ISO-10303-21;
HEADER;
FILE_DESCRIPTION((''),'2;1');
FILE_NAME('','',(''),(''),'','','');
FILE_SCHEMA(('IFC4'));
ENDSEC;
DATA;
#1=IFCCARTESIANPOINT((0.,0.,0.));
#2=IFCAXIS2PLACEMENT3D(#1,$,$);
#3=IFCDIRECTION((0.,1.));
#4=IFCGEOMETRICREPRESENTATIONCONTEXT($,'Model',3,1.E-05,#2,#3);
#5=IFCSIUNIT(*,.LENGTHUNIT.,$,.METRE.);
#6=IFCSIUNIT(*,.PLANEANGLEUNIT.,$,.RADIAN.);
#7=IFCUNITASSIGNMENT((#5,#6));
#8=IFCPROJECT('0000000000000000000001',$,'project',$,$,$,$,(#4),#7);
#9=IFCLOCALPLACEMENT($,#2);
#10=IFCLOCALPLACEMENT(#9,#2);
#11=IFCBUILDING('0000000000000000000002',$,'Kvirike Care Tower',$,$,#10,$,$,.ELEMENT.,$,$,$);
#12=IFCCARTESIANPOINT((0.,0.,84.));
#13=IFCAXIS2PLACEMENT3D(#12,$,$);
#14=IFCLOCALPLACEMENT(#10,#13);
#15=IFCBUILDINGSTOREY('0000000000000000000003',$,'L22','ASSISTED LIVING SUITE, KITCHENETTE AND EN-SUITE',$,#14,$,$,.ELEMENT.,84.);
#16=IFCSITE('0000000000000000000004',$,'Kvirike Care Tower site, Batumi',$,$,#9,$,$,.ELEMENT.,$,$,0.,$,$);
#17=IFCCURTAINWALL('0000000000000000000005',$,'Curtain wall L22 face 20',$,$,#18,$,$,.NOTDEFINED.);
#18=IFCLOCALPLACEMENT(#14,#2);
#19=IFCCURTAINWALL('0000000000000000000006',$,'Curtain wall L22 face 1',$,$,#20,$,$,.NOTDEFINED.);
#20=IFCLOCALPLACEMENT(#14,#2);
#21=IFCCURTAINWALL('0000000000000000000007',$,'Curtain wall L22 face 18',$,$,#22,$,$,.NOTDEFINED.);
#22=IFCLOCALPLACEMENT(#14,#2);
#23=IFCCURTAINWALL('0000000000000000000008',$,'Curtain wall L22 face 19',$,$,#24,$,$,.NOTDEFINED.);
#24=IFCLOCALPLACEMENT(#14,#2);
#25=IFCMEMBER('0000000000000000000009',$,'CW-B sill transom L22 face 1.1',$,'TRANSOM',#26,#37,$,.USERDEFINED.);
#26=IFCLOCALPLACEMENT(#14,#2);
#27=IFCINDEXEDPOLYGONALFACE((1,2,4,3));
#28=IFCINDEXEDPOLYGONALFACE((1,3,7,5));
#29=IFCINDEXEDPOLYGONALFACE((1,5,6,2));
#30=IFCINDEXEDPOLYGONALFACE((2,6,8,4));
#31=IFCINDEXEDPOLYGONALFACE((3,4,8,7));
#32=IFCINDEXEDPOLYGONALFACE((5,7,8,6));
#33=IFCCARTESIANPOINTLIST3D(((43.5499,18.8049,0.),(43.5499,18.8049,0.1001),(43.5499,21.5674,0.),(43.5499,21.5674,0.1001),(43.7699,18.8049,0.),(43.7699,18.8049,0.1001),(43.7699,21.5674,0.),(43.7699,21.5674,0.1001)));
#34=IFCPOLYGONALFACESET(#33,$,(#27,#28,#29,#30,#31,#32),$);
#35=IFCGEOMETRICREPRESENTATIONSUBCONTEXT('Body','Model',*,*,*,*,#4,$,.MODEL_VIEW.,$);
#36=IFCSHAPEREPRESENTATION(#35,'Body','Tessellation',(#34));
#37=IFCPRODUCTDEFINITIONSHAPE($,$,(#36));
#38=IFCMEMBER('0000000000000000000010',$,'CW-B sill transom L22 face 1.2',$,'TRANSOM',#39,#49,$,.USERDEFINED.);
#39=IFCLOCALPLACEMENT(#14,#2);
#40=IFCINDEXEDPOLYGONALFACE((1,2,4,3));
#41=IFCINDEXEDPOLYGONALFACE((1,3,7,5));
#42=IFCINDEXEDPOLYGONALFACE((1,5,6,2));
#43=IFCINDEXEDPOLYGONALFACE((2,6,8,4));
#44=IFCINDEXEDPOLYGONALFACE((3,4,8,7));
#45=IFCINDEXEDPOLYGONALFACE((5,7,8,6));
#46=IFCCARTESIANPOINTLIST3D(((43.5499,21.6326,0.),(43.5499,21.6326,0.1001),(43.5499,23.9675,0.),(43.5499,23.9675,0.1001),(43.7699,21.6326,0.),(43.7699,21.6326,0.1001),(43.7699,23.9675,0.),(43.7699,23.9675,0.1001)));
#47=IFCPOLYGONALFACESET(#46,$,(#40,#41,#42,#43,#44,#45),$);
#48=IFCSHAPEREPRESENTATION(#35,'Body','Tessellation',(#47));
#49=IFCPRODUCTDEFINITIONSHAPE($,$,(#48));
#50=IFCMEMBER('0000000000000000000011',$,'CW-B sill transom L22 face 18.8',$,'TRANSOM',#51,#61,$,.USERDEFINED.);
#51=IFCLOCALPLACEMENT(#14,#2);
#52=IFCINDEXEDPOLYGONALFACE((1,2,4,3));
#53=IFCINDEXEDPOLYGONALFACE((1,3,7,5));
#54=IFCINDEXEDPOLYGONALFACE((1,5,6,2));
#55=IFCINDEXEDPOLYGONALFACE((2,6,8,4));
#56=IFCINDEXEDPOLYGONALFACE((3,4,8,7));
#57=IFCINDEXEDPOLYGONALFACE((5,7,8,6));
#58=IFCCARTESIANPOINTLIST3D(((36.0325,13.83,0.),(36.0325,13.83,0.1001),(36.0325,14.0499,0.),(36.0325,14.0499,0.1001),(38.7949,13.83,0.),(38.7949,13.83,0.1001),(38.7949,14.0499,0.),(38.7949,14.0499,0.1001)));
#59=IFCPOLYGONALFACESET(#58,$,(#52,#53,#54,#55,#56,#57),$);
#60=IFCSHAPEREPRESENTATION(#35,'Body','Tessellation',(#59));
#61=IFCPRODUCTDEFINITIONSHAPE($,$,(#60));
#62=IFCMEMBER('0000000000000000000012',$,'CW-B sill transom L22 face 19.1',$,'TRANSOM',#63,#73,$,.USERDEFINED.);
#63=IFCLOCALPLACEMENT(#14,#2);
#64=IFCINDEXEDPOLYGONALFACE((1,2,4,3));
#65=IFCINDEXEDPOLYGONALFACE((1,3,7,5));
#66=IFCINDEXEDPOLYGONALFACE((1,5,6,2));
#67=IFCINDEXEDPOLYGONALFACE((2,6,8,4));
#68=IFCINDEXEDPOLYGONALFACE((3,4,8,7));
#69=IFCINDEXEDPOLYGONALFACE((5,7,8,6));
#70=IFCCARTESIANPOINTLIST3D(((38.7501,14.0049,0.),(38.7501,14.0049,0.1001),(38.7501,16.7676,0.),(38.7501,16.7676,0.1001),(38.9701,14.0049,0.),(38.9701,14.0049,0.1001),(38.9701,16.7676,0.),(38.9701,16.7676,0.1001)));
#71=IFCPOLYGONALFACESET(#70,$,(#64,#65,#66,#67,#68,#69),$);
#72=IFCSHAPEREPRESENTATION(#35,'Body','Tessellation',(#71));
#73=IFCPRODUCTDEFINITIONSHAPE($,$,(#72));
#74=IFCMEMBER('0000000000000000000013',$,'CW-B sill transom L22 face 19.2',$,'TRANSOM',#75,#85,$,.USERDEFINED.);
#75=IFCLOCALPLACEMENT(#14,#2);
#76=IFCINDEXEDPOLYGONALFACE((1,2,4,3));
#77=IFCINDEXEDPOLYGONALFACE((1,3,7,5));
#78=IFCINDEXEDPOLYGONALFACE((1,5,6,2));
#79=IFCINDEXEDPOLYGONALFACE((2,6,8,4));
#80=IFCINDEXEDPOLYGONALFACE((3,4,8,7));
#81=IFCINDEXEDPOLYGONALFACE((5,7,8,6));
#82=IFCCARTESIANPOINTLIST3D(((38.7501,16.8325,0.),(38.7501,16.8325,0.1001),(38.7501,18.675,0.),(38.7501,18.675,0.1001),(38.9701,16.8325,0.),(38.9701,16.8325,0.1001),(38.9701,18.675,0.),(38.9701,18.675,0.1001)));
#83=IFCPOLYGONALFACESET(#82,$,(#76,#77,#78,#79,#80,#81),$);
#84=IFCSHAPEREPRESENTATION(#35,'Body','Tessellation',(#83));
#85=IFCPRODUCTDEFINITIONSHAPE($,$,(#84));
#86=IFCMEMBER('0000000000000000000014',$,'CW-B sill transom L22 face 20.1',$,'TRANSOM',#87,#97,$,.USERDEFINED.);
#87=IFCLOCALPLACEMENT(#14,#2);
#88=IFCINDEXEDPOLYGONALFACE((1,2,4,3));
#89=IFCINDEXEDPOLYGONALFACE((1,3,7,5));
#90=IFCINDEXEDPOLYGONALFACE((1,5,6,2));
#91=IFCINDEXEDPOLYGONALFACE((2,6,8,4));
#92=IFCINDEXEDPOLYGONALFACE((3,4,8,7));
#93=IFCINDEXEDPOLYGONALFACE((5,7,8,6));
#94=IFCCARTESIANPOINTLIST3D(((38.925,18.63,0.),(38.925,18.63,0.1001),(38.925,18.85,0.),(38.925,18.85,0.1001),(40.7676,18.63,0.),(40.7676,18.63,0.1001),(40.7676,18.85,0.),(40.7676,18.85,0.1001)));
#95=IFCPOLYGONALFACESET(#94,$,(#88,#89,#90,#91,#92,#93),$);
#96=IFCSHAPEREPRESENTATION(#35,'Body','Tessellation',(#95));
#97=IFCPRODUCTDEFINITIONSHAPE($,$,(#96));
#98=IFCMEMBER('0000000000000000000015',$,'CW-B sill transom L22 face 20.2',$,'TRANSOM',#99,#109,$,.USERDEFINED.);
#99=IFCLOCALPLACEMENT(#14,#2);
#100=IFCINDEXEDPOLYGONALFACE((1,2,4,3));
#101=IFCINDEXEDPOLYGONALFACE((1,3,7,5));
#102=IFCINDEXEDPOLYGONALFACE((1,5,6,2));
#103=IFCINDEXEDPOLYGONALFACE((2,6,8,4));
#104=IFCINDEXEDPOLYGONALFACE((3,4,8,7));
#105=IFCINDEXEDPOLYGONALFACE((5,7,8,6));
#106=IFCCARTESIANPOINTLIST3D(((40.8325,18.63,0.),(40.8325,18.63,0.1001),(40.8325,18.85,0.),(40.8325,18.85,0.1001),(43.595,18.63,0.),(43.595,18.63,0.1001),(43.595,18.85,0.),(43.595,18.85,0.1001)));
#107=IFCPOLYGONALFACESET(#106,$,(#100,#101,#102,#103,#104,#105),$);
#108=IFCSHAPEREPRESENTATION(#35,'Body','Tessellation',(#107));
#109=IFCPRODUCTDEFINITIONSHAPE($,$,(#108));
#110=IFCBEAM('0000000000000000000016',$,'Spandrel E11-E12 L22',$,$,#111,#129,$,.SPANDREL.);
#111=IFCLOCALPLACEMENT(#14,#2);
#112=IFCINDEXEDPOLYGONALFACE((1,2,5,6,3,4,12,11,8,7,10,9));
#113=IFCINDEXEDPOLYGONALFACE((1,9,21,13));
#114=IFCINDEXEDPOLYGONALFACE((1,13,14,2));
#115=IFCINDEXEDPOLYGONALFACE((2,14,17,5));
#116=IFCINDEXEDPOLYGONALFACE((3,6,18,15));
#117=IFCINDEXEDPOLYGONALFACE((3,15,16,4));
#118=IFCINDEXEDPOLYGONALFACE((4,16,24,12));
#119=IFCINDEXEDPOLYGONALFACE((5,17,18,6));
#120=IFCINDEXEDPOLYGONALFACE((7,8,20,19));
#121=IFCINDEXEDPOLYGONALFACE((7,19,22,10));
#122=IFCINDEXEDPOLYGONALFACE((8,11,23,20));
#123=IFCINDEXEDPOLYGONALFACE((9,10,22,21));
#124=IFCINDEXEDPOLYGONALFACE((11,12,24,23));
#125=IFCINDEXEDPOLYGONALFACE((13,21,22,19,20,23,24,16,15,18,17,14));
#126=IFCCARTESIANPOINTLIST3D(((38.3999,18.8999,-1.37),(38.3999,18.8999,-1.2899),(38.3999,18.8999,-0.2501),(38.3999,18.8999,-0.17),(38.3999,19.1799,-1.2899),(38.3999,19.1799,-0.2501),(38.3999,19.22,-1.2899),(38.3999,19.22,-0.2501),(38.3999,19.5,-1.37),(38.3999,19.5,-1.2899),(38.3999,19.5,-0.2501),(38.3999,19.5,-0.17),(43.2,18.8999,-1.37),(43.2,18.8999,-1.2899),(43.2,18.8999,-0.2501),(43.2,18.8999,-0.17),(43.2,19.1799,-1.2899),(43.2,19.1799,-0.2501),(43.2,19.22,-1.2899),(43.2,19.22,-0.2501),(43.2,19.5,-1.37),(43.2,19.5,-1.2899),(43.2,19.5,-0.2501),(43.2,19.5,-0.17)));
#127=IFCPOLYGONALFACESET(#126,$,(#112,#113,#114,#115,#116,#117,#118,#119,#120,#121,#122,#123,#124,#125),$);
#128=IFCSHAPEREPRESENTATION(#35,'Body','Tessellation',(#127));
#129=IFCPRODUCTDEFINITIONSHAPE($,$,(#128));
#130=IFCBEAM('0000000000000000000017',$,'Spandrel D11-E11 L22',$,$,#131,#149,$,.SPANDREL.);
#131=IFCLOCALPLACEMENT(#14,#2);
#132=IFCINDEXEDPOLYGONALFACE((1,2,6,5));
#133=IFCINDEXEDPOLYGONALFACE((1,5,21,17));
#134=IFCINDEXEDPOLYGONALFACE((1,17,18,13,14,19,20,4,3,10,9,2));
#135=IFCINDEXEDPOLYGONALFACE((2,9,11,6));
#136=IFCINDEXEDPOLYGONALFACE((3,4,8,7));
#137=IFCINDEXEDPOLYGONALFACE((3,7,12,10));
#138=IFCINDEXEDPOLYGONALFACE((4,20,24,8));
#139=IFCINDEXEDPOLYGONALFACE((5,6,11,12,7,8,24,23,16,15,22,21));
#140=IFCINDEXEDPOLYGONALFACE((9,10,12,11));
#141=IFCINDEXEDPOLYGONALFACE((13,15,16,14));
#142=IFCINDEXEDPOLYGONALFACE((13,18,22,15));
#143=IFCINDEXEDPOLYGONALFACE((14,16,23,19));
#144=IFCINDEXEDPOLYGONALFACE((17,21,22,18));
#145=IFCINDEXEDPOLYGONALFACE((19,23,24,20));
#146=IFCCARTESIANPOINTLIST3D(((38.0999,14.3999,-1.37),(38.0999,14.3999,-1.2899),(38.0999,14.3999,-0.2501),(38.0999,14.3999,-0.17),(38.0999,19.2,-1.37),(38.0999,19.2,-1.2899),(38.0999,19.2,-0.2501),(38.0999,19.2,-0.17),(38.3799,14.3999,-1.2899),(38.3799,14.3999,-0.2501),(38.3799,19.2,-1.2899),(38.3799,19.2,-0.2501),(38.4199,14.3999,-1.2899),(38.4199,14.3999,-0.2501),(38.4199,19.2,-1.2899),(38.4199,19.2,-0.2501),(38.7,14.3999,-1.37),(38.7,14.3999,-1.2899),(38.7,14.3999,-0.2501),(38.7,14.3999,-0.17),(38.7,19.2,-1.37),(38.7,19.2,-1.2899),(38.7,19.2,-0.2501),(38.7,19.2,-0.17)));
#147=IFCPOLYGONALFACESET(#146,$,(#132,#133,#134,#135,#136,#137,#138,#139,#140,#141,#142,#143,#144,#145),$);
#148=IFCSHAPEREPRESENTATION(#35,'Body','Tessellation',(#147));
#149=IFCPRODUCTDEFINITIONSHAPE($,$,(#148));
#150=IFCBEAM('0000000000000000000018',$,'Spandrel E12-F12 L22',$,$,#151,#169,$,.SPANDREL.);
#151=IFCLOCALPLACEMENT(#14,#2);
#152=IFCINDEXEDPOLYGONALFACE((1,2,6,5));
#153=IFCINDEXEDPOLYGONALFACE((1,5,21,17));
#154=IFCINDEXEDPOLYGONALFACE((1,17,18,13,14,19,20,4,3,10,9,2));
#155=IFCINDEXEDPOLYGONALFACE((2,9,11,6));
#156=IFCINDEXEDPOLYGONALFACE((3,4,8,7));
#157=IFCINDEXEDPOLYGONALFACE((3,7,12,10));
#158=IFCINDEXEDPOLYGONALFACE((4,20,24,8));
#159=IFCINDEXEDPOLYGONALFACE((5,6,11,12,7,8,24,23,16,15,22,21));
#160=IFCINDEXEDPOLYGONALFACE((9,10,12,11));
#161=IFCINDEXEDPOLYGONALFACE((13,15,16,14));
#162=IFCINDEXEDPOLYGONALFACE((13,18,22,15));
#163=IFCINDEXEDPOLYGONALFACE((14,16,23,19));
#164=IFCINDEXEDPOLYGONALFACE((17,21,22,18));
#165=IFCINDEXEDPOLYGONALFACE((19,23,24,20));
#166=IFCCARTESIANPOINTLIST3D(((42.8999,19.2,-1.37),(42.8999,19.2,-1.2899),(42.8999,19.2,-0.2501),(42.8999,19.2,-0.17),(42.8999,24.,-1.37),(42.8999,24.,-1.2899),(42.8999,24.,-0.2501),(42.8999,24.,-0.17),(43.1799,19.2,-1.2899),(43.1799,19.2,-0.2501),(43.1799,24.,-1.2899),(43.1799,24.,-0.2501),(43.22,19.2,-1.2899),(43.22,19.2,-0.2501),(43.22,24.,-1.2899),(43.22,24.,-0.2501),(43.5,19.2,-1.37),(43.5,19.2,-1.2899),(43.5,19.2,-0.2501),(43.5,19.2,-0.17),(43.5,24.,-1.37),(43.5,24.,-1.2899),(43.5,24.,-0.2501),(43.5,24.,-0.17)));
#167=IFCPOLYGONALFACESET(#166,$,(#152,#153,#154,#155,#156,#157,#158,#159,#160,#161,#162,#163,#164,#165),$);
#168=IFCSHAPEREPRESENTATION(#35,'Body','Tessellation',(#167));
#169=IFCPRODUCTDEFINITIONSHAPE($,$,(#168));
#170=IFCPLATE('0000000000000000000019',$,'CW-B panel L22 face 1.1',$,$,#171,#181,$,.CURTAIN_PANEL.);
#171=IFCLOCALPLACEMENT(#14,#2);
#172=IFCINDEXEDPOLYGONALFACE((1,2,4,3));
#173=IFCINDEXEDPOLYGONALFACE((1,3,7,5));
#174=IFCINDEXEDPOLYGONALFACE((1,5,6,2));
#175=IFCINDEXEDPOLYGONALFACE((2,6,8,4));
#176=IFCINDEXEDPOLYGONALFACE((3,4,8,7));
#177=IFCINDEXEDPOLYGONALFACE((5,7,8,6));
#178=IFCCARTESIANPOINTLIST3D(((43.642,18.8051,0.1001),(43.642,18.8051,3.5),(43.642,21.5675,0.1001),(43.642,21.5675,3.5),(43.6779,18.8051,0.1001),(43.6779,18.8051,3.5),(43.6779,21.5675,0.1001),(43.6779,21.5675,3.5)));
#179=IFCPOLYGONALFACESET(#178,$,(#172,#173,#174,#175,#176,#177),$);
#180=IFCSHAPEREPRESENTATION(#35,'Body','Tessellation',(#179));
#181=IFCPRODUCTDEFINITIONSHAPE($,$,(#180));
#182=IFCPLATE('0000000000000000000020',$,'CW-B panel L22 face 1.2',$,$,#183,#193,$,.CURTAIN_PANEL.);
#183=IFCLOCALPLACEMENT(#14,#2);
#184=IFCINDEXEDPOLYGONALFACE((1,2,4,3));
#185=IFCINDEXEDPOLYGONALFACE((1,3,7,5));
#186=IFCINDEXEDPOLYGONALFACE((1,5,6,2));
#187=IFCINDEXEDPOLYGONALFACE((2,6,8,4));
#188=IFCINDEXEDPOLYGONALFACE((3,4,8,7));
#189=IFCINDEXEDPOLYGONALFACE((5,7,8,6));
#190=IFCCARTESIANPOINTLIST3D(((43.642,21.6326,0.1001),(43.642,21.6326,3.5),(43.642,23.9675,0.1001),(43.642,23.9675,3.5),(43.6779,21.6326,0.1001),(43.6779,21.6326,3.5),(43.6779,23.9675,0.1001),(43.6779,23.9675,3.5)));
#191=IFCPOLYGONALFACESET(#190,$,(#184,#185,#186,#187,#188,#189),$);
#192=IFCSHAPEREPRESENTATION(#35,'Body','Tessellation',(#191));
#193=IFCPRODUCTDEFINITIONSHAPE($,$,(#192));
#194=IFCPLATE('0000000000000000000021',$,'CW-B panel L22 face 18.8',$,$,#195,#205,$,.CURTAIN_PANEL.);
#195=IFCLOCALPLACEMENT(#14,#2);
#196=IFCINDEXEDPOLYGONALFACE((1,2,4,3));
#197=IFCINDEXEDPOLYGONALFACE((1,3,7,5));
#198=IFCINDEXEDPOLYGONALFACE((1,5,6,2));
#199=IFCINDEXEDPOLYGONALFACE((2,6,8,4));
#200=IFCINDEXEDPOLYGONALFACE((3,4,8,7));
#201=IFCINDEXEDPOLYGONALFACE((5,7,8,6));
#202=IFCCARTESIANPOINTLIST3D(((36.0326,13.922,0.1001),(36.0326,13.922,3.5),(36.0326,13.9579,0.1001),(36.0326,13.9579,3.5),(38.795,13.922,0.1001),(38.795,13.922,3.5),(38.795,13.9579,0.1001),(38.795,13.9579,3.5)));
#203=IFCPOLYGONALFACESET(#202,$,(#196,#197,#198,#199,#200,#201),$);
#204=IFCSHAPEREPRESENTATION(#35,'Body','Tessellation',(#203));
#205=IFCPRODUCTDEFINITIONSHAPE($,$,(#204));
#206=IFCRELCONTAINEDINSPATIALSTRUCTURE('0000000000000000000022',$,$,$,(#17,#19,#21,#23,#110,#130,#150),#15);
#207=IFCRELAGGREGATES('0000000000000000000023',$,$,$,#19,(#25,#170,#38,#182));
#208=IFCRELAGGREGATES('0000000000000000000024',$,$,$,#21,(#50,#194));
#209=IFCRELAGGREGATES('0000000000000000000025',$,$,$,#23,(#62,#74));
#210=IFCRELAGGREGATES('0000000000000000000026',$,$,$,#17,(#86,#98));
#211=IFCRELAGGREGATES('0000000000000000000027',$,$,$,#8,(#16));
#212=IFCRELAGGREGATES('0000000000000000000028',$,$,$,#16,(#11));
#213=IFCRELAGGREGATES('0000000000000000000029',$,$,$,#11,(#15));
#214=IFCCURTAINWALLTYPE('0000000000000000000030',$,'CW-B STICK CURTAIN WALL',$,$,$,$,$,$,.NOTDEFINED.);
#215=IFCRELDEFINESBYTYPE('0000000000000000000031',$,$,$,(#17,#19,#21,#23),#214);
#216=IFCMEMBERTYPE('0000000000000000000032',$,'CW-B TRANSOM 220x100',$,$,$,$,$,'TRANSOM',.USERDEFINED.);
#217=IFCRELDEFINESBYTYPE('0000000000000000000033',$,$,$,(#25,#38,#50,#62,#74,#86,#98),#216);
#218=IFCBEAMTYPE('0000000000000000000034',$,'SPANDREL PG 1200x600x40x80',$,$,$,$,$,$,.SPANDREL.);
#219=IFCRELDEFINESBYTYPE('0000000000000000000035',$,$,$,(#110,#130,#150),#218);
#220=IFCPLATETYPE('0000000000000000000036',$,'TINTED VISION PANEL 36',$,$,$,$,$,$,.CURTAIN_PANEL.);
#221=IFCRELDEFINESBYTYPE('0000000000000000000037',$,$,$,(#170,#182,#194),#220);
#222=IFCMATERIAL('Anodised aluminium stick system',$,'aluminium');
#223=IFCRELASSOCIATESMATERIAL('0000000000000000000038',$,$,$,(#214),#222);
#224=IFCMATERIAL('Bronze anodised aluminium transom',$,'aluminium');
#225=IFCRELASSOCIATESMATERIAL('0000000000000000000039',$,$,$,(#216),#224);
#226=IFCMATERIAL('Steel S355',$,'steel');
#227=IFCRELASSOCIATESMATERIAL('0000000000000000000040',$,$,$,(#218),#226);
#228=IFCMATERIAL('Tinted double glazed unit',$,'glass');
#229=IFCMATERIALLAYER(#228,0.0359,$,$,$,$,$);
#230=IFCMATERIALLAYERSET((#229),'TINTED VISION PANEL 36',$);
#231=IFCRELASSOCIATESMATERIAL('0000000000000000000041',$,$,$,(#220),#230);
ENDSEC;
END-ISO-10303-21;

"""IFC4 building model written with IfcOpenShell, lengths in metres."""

from ifc_helpers import new_model, si_unit, direction, frame, origin, origin_2d, place, context, subcontext, project, spatial, rectangle, i_section, extrude, material, layer, layer_set, material_profile, profile_set, type_object, element, aggregate, save


model = new_model("IFC4")

# Units and contexts
model_context = context("Model", 3, precision=1e-05, world=origin(), true_north=direction((0.0, 1.0)))
body_context = subcontext(model_context, "Body", "Model", "MODEL_VIEW")
ifc_project = project(units=[si_unit("LENGTHUNIT", "METRE"), si_unit("PLANEANGLEUNIT", "RADIAN")], contexts=[model_context])

# Site, building, storey
site_placement = place(None, origin())
site = spatial("IfcSite", under=ifc_project, at=site_placement, Name="Kvirike Care Tower site, Batumi", CompositionType="ELEMENT", RefElevation=0.0)
building_placement = place(site_placement, origin())
building = spatial("IfcBuilding", under=site, at=building_placement, Name="Kvirike Care Tower", CompositionType="ELEMENT")
storey_placement = place(building_placement, frame((0.0, 0.0, 84.0)))
storey = spatial("IfcBuildingStorey", under=building, at=storey_placement, Name="L22", Description="ASSISTED LIVING SUITE, KITCHENETTE AND EN-SUITE", CompositionType="ELEMENT", Elevation=84.0)

# Curtain wall
ifc_material_1 = material(Name="Anodised aluminium stick system", Category="aluminium")
curtain_wall_type = type_object("IfcCurtainWallType", Name="CW-B STICK CURTAIN WALL", PredefinedType="NOTDEFINED", material=ifc_material_1)
curtain_wall_1_placement = place(storey_placement, origin())
curtain_wall_1 = element("IfcCurtainWall", 1, at=curtain_wall_1_placement, inside=storey, type_object=curtain_wall_type, Name="Curtain wall L22 face 20", PredefinedType="NOTDEFINED")

# Curtain walls
curtain_wall_2_placement = place(storey_placement, origin())
curtain_wall_2 = element("IfcCurtainWall", 2, at=curtain_wall_2_placement, inside=storey, type_object=curtain_wall_type, Name="Curtain wall L22 face 1", PredefinedType="NOTDEFINED")
curtain_wall_3_placement = place(storey_placement, origin())
curtain_wall_3 = element("IfcCurtainWall", 3, at=curtain_wall_3_placement, inside=storey, type_object=curtain_wall_type, Name="Curtain wall L22 face 18", PredefinedType="NOTDEFINED")
curtain_wall_4_placement = place(storey_placement, origin())
curtain_wall_4 = element("IfcCurtainWall", 4, at=curtain_wall_4_placement, inside=storey, type_object=curtain_wall_type, Name="Curtain wall L22 face 19", PredefinedType="NOTDEFINED")

# Members
ifc_material_2 = material(Name="Bronze anodised aluminium transom", Category="aluminium")
ifc_material_profile_1 = material_profile(ifc_material_2, rectangle(XDim=0.22, YDim=0.1001, at=origin_2d()), Name="CW-B TRANSOM 220x100")
ifc_profile_set_1 = profile_set([ifc_material_profile_1], Name="Bronze anodised aluminium transom")
member_type_1 = type_object("IfcMemberType", Name="CW-B TRANSOM 220x100", ElementType="TRANSOM", PredefinedType="USERDEFINED", material=ifc_profile_set_1)
member_1_placement = place(storey_placement, frame((43.6599, 18.8049, 0.05), z_axis=(0.0, 1.0, 0.0), x_axis=(-1.0, 0.0, 0.0)))
member_1 = element("IfcMember", 5, at=member_1_placement, type_object=member_type_1, Name="CW-B sill transom L22 face 1.1", ObjectType="TRANSOM", PredefinedType="USERDEFINED", context=body_context, shape_type="SweptSolid", body=[
    extrude(rectangle(XDim=0.22, YDim=0.1001, at=origin_2d()), origin(), (0.0, 0.0, 1.0), 2.7625),
])
member_2_placement = place(storey_placement, frame((43.6599, 21.6326, 0.05), z_axis=(0.0, 1.0, 0.0), x_axis=(-1.0, 0.0, 0.0)))
member_2 = element("IfcMember", 6, at=member_2_placement, type_object=member_type_1, Name="CW-B sill transom L22 face 1.2", ObjectType="TRANSOM", PredefinedType="USERDEFINED", context=body_context, shape_type="SweptSolid", body=[
    extrude(rectangle(XDim=0.22, YDim=0.1001, at=origin_2d()), origin(), (0.0, 0.0, 1.0), 2.335),
])
member_3_placement = place(storey_placement, frame((36.0325, 13.9399, 0.05), z_axis=(1.0, 0.0, 0.0), x_axis=(0.0, 1.0, 0.0)))
member_3 = element("IfcMember", 7, at=member_3_placement, type_object=member_type_1, Name="CW-B sill transom L22 face 18.8", ObjectType="TRANSOM", PredefinedType="USERDEFINED", context=body_context, shape_type="SweptSolid", body=[
    extrude(rectangle(XDim=0.22, YDim=0.1001, at=origin_2d()), origin(), (0.0, 0.0, 1.0), 2.7625),
])
member_4_placement = place(storey_placement, frame((38.8601, 14.0049, 0.05), z_axis=(0.0, 1.0, 0.0), x_axis=(-1.0, 0.0, 0.0)))
member_4 = element("IfcMember", 8, at=member_4_placement, type_object=member_type_1, Name="CW-B sill transom L22 face 19.1", ObjectType="TRANSOM", PredefinedType="USERDEFINED", context=body_context, shape_type="SweptSolid", body=[
    extrude(rectangle(XDim=0.22, YDim=0.1001, at=origin_2d()), origin(), (0.0, 0.0, 1.0), 2.7627),
])
member_5_placement = place(storey_placement, frame((38.8601, 16.8325, 0.05), z_axis=(0.0, 1.0, 0.0), x_axis=(-1.0, 0.0, 0.0)))
member_5 = element("IfcMember", 9, at=member_5_placement, type_object=member_type_1, Name="CW-B sill transom L22 face 19.2", ObjectType="TRANSOM", PredefinedType="USERDEFINED", context=body_context, shape_type="SweptSolid", body=[
    extrude(rectangle(XDim=0.22, YDim=0.1001, at=origin_2d()), origin(), (0.0, 0.0, 1.0), 1.8425),
])
member_6_placement = place(storey_placement, frame((38.925, 18.74, 0.05), z_axis=(1.0, 0.0, 0.0), x_axis=(0.0, 1.0, 0.0)))
member_6 = element("IfcMember", 10, at=member_6_placement, type_object=member_type_1, Name="CW-B sill transom L22 face 20.1", ObjectType="TRANSOM", PredefinedType="USERDEFINED", context=body_context, shape_type="SweptSolid", body=[
    extrude(rectangle(XDim=0.22, YDim=0.1001, at=origin_2d()), origin(), (0.0, 0.0, 1.0), 1.8425),
])
member_7_placement = place(storey_placement, frame((40.8325, 18.74, 0.05), z_axis=(1.0, 0.0, 0.0), x_axis=(0.0, 1.0, 0.0)))
member_7 = element("IfcMember", 11, at=member_7_placement, type_object=member_type_1, Name="CW-B sill transom L22 face 20.2", ObjectType="TRANSOM", PredefinedType="USERDEFINED", context=body_context, shape_type="SweptSolid", body=[
    extrude(rectangle(XDim=0.22, YDim=0.1001, at=origin_2d()), origin(), (0.0, 0.0, 1.0), 2.7625),
])

# Beams
ifc_material_3 = material(Name="Steel S355", Category="steel")
ifc_material_profile_2 = material_profile(ifc_material_3, i_section(OverallWidth=0.6001, OverallDepth=1.2, WebThickness=0.04, FlangeThickness=0.0801, at=origin_2d()), Name="PG 1200x600x40x80")
ifc_profile_set_2 = profile_set([ifc_material_profile_2], Name="Steel S355")
beam_type = type_object("IfcBeamType", Name="SPANDREL PG 1200x600x40x80", PredefinedType="SPANDREL", material=ifc_profile_set_2)
for number, where, z_axis, x_axis, name in (
    (12, (38.3999, 19.2, -0.77), (1.0, 0.0, 0.0), (0.0, 1.0, 0.0), "Spandrel E11-E12 L22"),
    (13, (38.3999, 14.3999, -0.77), (0.0, 1.0, 0.0), (-1.0, 0.0, 0.0), "Spandrel D11-E11 L22"),
    (14, (43.2, 19.2, -0.77), (0.0, 1.0, 0.0), (-1.0, 0.0, 0.0), "Spandrel E12-F12 L22"),
):
    element("IfcBeam", number, at=place(storey_placement, frame(where, z_axis=z_axis, x_axis=x_axis)), inside=storey, type_object=beam_type, Name=name, PredefinedType="SPANDREL", context=body_context, shape_type="SweptSolid", body=[
        extrude(i_section(OverallWidth=0.6001, OverallDepth=1.2, WebThickness=0.04, FlangeThickness=0.0801, at=origin_2d()), origin(), (0.0, 0.0, 1.0), 4.8),
    ])

# Plates
ifc_material_4 = material(Name="Tinted double glazed unit", Category="glass")
ifc_layer_1 = layer(ifc_material_4, 0.0359)
ifc_layer_set_1 = layer_set([ifc_layer_1], Name="TINTED VISION PANEL 36")
plate_type = type_object("IfcPlateType", Name="TINTED VISION PANEL 36", PredefinedType="CURTAIN_PANEL", material=ifc_layer_set_1)
plate_1_placement = place(storey_placement, frame((43.6599, 20.1863, 0.1001), z_axis=(0.0, 0.0, 1.0), x_axis=(0.0, 1.0, 0.0)))
plate_1 = element("IfcPlate", 15, at=plate_1_placement, type_object=plate_type, Name="CW-B panel L22 face 1.1", PredefinedType="CURTAIN_PANEL", context=body_context, shape_type="SweptSolid", body=[
    extrude(rectangle(XDim=2.7625, YDim=0.0359, at=origin_2d()), origin(), (0.0, 0.0, 1.0), 3.3999),
])
plate_2_placement = place(storey_placement, frame((43.6599, 22.8, 0.1001), z_axis=(0.0, 0.0, 1.0), x_axis=(0.0, 1.0, 0.0)))
plate_2 = element("IfcPlate", 16, at=plate_2_placement, type_object=plate_type, Name="CW-B panel L22 face 1.2", PredefinedType="CURTAIN_PANEL", context=body_context, shape_type="SweptSolid", body=[
    extrude(rectangle(XDim=2.335, YDim=0.0359, at=origin_2d()), origin(), (0.0, 0.0, 1.0), 3.3999),
])
aggregate(curtain_wall_2, [member_1, plate_1, member_2, plate_2])
plate_3_placement = place(storey_placement, frame((37.4138, 13.9399, 0.1001), z_axis=(0.0, 0.0, 1.0), x_axis=(1.0, 0.0, 0.0)))
plate_3 = element("IfcPlate", 17, at=plate_3_placement, type_object=plate_type, Name="CW-B panel L22 face 18.8", PredefinedType="CURTAIN_PANEL", context=body_context, shape_type="SweptSolid", body=[
    extrude(rectangle(XDim=2.7625, YDim=0.0359, at=origin_2d()), origin(), (0.0, 0.0, 1.0), 3.3999),
])
aggregate(curtain_wall_3, [member_3, plate_3])
aggregate(curtain_wall_4, [member_4, member_5])
aggregate(curtain_wall_1, [member_6, member_7])

save(model, "model.ifc")
